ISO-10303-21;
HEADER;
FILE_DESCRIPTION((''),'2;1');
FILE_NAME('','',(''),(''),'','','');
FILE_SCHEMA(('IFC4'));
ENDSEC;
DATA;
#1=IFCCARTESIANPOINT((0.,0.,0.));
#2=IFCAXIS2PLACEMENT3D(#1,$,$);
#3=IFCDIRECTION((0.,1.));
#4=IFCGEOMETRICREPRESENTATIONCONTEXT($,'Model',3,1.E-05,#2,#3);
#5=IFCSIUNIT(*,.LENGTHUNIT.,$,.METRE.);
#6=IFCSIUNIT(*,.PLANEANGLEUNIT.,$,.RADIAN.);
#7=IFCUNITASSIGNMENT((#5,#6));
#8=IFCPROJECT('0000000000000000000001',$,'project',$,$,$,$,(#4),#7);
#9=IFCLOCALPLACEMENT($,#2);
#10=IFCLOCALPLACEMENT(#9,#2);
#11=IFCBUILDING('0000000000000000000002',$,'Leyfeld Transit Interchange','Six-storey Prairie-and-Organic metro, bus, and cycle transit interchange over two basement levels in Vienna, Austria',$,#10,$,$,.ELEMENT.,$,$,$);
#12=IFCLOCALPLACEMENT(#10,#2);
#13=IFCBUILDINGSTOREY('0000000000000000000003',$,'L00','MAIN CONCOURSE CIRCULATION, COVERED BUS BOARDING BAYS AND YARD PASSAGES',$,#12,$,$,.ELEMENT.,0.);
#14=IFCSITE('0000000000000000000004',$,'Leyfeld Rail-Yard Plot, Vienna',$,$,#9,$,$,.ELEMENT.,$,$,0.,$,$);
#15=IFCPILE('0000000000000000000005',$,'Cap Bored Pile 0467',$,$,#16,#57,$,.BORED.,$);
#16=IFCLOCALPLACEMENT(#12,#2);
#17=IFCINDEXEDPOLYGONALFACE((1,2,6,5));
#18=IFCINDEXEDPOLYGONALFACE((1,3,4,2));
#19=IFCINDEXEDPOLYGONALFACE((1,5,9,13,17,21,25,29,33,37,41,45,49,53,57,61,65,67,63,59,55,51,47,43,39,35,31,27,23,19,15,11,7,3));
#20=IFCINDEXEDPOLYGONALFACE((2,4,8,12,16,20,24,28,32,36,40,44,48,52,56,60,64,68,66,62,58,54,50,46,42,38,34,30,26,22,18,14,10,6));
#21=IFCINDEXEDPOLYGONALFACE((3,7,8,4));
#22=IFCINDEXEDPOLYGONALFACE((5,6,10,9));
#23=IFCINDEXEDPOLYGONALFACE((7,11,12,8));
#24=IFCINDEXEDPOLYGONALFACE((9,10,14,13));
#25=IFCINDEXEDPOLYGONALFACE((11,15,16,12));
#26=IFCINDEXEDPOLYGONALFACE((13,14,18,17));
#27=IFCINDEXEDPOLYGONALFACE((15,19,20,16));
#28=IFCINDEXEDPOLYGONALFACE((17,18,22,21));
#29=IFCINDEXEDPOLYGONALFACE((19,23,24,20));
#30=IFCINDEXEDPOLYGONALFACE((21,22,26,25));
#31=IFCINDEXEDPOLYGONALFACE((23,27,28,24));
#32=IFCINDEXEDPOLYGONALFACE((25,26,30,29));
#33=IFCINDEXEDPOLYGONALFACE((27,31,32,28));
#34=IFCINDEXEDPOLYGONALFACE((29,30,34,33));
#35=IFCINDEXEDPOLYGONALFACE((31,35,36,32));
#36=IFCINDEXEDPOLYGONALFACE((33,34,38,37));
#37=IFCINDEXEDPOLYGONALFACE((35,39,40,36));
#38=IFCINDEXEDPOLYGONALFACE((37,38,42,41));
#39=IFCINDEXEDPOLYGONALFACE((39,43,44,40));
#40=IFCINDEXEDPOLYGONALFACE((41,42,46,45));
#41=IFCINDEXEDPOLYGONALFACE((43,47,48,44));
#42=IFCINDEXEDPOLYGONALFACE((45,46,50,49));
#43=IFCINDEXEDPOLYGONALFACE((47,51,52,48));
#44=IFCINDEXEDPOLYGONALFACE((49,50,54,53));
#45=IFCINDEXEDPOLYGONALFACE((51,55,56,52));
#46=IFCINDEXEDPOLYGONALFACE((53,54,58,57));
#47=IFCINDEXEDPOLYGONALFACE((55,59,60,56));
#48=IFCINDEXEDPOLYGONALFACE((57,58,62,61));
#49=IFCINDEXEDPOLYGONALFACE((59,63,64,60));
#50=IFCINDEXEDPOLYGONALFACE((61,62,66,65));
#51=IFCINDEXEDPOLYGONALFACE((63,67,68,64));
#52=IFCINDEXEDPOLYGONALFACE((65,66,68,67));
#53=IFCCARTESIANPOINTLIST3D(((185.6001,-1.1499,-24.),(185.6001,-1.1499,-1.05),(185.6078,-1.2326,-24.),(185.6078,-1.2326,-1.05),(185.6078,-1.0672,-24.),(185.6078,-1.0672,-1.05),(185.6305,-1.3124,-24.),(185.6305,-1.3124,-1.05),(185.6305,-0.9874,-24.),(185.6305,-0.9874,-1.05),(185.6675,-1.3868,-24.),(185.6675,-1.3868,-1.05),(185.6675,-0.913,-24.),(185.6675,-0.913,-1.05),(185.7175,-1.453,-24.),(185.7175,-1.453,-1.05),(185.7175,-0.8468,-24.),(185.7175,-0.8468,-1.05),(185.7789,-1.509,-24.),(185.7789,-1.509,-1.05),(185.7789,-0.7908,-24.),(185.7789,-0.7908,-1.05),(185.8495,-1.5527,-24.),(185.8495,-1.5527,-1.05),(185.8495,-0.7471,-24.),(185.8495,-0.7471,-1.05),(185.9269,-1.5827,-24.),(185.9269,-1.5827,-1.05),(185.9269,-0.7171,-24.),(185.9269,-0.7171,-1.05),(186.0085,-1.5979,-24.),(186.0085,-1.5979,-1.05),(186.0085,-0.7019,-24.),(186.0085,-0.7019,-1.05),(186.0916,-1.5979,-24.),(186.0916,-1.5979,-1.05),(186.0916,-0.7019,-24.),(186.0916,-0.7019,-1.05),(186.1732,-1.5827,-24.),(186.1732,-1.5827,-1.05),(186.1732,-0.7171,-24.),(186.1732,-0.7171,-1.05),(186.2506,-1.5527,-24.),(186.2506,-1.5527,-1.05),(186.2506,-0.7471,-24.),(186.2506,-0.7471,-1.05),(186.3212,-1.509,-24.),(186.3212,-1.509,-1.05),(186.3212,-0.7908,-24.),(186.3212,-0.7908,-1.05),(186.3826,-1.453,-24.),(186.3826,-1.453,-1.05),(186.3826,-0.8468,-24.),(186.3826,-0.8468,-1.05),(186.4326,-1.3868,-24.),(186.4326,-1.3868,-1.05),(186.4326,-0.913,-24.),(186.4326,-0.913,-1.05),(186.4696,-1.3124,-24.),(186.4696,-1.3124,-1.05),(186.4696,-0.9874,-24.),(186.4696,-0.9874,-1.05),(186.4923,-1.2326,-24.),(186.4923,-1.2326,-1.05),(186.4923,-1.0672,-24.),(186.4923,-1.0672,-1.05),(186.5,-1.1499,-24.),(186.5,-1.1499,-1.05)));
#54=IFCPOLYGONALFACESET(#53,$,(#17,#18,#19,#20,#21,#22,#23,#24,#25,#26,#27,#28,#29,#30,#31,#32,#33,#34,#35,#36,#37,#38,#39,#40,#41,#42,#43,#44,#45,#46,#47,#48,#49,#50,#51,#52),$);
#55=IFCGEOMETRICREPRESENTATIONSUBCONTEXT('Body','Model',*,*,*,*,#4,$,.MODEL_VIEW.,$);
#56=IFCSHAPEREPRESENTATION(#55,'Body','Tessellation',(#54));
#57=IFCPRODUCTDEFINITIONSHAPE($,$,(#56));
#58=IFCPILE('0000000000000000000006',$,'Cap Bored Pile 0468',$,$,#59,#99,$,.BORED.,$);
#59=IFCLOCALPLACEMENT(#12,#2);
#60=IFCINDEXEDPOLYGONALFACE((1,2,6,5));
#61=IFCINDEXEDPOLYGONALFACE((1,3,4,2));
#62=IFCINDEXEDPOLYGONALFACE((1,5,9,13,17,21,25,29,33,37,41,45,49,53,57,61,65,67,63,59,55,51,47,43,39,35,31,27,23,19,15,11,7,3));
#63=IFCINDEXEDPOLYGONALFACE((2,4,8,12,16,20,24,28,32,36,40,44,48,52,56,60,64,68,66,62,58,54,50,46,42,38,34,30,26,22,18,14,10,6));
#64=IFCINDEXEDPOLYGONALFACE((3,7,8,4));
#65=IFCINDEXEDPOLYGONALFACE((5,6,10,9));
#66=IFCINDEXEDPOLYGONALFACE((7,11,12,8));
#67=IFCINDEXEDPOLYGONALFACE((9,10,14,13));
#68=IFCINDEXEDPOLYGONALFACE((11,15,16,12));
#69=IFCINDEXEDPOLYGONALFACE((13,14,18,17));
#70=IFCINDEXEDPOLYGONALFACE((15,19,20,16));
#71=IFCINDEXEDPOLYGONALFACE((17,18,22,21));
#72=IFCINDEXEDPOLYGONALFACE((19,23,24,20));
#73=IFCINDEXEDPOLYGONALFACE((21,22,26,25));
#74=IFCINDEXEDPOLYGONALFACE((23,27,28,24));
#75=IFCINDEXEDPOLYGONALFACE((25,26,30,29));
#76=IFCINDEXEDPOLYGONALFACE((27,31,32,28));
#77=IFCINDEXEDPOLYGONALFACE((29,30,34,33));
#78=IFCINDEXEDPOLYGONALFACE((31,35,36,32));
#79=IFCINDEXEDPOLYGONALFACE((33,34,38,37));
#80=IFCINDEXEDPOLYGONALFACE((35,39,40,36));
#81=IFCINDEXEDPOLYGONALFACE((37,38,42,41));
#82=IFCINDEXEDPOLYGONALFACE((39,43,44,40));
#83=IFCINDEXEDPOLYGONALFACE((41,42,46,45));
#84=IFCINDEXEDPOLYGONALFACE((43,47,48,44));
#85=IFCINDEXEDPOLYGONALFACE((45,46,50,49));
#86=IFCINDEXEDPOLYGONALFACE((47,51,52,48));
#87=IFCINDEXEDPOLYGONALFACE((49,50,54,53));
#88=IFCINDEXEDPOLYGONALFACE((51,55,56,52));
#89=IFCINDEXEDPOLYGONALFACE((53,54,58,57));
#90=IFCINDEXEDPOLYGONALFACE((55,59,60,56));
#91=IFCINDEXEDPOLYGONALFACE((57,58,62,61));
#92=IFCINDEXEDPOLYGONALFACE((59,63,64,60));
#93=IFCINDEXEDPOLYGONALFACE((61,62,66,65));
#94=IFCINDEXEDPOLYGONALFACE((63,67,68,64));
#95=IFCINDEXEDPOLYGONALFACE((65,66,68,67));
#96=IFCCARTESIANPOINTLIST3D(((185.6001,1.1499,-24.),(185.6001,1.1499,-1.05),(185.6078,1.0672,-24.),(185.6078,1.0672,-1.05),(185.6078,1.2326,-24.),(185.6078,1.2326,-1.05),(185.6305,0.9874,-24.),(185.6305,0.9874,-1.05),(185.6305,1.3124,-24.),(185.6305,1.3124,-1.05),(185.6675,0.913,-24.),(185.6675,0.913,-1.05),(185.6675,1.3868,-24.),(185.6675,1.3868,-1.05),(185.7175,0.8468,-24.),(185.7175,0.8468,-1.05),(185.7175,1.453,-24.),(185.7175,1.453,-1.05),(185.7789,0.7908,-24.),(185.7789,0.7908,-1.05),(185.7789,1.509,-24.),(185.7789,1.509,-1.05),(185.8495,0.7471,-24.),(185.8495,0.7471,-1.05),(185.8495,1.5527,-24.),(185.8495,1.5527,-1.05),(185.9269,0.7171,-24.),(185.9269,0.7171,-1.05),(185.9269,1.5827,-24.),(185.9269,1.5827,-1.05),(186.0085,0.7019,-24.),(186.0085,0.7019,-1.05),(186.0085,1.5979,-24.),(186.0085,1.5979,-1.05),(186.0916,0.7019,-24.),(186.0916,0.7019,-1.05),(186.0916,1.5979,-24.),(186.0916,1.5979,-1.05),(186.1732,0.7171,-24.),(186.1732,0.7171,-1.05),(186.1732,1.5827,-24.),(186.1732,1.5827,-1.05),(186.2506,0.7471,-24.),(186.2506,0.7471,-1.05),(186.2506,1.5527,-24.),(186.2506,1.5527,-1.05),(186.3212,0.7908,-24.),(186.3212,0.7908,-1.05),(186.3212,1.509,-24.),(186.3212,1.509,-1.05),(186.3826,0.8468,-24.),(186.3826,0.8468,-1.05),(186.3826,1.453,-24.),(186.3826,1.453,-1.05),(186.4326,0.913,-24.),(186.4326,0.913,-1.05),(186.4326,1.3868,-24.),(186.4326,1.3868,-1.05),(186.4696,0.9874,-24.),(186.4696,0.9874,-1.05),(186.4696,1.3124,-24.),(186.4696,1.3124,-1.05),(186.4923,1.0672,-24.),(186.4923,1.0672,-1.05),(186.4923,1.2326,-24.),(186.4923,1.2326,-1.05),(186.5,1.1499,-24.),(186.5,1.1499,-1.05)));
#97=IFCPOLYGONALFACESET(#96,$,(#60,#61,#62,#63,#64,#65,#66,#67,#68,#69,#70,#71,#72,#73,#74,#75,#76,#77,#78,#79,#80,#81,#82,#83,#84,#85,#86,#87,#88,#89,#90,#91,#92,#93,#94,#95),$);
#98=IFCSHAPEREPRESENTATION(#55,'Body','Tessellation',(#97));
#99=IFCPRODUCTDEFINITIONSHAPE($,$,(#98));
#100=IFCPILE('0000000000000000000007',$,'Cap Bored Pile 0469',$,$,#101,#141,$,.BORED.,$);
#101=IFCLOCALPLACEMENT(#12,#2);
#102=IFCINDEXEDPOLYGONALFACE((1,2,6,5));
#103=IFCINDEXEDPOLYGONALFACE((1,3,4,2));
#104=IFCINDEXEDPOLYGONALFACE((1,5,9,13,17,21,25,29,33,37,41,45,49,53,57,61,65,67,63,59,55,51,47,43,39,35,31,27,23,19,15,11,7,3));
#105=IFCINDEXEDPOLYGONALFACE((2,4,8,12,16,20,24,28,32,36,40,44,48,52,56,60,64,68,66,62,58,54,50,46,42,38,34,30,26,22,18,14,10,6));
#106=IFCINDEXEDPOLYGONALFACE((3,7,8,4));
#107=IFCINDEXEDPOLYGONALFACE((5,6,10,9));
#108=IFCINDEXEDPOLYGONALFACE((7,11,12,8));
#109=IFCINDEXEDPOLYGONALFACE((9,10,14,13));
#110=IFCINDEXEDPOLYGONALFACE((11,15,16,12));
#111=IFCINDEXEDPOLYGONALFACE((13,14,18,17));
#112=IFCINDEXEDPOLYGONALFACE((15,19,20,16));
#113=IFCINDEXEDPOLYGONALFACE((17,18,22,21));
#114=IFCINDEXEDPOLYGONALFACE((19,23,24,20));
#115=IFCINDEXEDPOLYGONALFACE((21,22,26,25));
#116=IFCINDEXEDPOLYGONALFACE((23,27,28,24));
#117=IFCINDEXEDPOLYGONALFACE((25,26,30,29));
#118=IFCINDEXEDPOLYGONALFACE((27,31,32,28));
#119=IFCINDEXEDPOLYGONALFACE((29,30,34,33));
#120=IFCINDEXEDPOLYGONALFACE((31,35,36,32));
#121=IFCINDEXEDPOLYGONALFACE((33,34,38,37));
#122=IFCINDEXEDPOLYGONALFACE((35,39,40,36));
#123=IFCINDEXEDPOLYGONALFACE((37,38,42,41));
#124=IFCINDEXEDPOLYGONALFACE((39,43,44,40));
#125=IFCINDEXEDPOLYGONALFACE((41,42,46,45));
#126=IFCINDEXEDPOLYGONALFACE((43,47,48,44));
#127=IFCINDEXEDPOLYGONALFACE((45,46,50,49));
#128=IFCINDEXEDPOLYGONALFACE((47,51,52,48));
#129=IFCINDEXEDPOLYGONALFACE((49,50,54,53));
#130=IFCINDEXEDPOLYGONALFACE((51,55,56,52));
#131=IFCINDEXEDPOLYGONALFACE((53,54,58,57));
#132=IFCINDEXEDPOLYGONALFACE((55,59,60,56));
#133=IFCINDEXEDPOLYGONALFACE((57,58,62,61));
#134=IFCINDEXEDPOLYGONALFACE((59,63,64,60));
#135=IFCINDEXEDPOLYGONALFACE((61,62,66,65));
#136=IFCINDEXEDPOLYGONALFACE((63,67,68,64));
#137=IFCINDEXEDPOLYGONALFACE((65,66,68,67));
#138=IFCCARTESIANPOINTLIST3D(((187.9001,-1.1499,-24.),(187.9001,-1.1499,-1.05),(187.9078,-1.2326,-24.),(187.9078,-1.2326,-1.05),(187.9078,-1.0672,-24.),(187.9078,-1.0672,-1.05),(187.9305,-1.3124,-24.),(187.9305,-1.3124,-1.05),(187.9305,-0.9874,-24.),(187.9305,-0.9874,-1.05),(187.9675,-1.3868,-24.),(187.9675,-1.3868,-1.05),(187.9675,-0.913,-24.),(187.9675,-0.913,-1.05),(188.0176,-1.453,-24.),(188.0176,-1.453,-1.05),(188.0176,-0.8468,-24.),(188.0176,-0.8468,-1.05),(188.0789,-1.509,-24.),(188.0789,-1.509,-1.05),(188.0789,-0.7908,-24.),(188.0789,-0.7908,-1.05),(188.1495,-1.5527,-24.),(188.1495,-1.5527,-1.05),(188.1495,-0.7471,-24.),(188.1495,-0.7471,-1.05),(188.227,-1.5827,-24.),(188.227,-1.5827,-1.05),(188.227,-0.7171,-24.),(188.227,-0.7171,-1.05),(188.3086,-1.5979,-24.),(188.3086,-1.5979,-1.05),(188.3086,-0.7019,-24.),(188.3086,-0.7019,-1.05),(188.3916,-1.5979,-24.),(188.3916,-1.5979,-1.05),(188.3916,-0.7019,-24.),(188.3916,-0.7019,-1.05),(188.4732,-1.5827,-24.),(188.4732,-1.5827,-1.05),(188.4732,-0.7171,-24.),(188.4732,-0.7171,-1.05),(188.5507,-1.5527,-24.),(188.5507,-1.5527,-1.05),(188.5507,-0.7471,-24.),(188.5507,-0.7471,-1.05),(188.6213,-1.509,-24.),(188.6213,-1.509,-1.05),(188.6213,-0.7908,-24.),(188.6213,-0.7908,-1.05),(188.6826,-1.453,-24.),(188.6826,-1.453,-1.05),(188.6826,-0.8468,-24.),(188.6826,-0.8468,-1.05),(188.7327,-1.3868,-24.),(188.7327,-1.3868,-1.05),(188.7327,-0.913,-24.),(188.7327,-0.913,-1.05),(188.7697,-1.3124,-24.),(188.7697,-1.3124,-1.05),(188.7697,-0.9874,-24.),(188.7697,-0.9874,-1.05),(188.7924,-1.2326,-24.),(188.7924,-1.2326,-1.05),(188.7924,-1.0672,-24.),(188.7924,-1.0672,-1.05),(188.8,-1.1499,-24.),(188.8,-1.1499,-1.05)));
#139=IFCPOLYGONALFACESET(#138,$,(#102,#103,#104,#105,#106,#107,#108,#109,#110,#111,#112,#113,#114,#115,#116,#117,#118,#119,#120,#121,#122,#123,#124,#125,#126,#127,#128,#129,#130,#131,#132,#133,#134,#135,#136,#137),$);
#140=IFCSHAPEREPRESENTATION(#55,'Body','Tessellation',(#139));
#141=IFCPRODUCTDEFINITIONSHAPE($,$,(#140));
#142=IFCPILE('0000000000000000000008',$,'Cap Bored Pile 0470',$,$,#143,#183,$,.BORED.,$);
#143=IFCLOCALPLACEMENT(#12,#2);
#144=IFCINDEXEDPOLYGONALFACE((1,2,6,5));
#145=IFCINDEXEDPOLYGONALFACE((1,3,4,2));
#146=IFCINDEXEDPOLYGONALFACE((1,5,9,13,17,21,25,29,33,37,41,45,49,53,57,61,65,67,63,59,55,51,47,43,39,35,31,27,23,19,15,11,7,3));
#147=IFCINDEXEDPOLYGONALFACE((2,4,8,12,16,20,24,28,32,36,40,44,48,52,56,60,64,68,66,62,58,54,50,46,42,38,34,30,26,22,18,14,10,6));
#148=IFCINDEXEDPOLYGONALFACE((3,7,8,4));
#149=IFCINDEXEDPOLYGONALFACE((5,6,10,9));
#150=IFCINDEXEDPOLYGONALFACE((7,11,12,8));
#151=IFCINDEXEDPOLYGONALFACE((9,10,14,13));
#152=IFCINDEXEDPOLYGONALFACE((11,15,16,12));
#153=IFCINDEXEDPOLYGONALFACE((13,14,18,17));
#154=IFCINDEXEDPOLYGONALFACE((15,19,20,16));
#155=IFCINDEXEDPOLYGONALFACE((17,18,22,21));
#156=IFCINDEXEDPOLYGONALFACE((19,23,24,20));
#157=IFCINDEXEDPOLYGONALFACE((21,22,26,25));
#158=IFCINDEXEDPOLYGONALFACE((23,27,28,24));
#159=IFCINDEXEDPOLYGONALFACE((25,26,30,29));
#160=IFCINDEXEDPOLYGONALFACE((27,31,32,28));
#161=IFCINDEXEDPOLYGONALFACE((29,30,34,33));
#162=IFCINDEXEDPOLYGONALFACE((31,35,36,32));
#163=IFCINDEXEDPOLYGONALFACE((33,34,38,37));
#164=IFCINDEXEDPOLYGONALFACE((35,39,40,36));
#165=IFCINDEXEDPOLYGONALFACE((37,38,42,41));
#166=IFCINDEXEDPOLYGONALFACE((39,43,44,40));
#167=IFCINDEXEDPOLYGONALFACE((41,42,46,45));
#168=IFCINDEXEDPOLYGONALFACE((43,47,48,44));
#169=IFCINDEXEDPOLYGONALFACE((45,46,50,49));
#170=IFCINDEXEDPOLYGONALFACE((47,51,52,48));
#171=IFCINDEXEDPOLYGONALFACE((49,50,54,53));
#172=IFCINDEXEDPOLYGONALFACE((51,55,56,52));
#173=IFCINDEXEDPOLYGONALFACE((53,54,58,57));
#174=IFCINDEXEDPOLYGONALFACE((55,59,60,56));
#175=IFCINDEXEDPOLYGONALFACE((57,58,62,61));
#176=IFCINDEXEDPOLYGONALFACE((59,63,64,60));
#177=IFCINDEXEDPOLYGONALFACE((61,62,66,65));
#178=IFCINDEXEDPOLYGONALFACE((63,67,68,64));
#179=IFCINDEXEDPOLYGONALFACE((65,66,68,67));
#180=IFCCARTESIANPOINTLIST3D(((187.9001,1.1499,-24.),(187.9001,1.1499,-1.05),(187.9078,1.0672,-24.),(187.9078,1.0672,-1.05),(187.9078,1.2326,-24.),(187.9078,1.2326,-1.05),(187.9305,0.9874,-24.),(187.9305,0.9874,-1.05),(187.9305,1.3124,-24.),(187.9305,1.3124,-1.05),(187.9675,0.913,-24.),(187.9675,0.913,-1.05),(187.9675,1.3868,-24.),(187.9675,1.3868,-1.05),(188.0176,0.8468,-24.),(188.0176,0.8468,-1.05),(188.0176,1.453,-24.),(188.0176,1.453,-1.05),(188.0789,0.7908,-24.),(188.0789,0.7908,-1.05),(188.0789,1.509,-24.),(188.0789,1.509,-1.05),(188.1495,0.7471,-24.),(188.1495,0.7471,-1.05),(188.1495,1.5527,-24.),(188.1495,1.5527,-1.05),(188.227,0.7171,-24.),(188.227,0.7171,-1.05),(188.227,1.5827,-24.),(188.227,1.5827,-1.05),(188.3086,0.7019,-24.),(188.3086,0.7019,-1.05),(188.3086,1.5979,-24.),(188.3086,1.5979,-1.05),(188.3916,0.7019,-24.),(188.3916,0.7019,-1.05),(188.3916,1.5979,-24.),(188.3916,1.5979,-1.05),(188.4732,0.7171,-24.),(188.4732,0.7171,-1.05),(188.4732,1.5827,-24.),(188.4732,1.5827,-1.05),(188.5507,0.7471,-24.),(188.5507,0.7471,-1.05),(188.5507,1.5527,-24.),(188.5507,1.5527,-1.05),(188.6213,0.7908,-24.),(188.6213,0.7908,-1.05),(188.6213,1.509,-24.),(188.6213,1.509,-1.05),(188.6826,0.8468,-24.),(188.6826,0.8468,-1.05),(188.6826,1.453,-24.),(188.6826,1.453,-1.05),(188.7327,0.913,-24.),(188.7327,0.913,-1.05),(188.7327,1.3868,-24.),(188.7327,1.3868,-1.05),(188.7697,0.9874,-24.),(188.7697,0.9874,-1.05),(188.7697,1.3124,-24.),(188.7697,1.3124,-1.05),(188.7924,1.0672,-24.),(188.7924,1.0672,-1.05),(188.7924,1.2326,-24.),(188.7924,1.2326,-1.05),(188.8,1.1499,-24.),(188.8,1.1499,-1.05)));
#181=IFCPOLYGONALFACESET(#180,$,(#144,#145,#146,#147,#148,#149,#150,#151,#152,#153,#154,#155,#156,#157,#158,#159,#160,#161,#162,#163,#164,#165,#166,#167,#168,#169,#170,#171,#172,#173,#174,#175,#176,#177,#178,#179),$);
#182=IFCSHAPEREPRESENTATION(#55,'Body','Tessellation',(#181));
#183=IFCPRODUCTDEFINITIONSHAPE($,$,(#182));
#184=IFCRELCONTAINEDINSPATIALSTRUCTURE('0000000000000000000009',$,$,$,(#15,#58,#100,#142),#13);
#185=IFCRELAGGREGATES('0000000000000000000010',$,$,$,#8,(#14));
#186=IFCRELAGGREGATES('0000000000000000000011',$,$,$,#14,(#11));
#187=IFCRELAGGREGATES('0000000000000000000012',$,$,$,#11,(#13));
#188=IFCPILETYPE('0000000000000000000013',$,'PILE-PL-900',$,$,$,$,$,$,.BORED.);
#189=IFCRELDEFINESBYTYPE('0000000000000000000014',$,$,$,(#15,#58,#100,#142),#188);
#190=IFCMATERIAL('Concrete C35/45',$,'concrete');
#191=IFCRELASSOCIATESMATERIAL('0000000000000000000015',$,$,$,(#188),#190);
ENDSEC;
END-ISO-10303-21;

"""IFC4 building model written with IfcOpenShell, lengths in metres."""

from ifc_helpers import new_model, si_unit, direction, frame, origin, origin_2d, place, context, subcontext, project, spatial, circle, extrude, material, material_profile, profile_set, type_object, element, save


model = new_model("IFC4")

# Units and contexts
model_context = context("Model", 3, precision=1e-05, world=origin(), true_north=direction((0.0, 1.0)))
body_context = subcontext(model_context, "Body", "Model", "MODEL_VIEW")
ifc_project = project(units=[si_unit("LENGTHUNIT", "METRE"), si_unit("PLANEANGLEUNIT", "RADIAN")], contexts=[model_context])

# Site, building, storey
site_placement = place(None, origin())
site = spatial("IfcSite", under=ifc_project, at=site_placement, Name="Leyfeld Rail-Yard Plot, Vienna", CompositionType="ELEMENT", RefElevation=0.0)
building_placement = place(site_placement, origin())
building = spatial("IfcBuilding", under=site, at=building_placement, Name="Leyfeld Transit Interchange", Description="Six-storey Prairie-and-Organic metro, bus, and cycle transit interchange over two basement levels in Vienna, Austria", CompositionType="ELEMENT")
storey_placement = place(building_placement, origin())
storey = spatial("IfcBuildingStorey", under=building, at=storey_placement, Name="L00", Description="MAIN CONCOURSE CIRCULATION, COVERED BUS BOARDING BAYS AND YARD PASSAGES", CompositionType="ELEMENT", Elevation=0.0)

# Shared definitions
ifc_material_1 = material(Name="Concrete C35/45", Category="concrete")

# Piles
ifc_material_profile_1 = material_profile(ifc_material_1, circle(Radius=0.45, at=origin_2d()), Name="PILE D900")
ifc_profile_set_1 = profile_set([ifc_material_profile_1], Name="Concrete C35/45")
pile_type = type_object("IfcPileType", Name="PILE-PL-900", PredefinedType="BORED", material=ifc_profile_set_1)
for number, where, z_axis, x_axis, name in (
    (1, (186.05, -1.1499, -1.05), (0.0, 0.0, -1.0), (1.0, 0.0, 0.0), "Cap Bored Pile 0467"),
    (2, (186.05, 1.1499, -1.05), (0.0, 0.0, -1.0), (1.0, 0.0, 0.0), "Cap Bored Pile 0468"),
    (3, (188.3501, -1.1499, -1.05), (0.0, 0.0, -1.0), (1.0, 0.0, 0.0), "Cap Bored Pile 0469"),
    (4, (188.3501, 1.1499, -1.05), (0.0, 0.0, -1.0), (1.0, 0.0, 0.0), "Cap Bored Pile 0470"),
):
    element("IfcPile", number, at=place(storey_placement, frame(where, z_axis=z_axis, x_axis=x_axis)), inside=storey, type_object=pile_type, Name=name, PredefinedType="BORED", context=body_context, shape_type="SweptSolid", body=[
        extrude(circle(Radius=0.45, at=origin_2d()), origin(), (0.0, 0.0, 1.0), 22.95),
    ])

save(model, "model.ifc")
